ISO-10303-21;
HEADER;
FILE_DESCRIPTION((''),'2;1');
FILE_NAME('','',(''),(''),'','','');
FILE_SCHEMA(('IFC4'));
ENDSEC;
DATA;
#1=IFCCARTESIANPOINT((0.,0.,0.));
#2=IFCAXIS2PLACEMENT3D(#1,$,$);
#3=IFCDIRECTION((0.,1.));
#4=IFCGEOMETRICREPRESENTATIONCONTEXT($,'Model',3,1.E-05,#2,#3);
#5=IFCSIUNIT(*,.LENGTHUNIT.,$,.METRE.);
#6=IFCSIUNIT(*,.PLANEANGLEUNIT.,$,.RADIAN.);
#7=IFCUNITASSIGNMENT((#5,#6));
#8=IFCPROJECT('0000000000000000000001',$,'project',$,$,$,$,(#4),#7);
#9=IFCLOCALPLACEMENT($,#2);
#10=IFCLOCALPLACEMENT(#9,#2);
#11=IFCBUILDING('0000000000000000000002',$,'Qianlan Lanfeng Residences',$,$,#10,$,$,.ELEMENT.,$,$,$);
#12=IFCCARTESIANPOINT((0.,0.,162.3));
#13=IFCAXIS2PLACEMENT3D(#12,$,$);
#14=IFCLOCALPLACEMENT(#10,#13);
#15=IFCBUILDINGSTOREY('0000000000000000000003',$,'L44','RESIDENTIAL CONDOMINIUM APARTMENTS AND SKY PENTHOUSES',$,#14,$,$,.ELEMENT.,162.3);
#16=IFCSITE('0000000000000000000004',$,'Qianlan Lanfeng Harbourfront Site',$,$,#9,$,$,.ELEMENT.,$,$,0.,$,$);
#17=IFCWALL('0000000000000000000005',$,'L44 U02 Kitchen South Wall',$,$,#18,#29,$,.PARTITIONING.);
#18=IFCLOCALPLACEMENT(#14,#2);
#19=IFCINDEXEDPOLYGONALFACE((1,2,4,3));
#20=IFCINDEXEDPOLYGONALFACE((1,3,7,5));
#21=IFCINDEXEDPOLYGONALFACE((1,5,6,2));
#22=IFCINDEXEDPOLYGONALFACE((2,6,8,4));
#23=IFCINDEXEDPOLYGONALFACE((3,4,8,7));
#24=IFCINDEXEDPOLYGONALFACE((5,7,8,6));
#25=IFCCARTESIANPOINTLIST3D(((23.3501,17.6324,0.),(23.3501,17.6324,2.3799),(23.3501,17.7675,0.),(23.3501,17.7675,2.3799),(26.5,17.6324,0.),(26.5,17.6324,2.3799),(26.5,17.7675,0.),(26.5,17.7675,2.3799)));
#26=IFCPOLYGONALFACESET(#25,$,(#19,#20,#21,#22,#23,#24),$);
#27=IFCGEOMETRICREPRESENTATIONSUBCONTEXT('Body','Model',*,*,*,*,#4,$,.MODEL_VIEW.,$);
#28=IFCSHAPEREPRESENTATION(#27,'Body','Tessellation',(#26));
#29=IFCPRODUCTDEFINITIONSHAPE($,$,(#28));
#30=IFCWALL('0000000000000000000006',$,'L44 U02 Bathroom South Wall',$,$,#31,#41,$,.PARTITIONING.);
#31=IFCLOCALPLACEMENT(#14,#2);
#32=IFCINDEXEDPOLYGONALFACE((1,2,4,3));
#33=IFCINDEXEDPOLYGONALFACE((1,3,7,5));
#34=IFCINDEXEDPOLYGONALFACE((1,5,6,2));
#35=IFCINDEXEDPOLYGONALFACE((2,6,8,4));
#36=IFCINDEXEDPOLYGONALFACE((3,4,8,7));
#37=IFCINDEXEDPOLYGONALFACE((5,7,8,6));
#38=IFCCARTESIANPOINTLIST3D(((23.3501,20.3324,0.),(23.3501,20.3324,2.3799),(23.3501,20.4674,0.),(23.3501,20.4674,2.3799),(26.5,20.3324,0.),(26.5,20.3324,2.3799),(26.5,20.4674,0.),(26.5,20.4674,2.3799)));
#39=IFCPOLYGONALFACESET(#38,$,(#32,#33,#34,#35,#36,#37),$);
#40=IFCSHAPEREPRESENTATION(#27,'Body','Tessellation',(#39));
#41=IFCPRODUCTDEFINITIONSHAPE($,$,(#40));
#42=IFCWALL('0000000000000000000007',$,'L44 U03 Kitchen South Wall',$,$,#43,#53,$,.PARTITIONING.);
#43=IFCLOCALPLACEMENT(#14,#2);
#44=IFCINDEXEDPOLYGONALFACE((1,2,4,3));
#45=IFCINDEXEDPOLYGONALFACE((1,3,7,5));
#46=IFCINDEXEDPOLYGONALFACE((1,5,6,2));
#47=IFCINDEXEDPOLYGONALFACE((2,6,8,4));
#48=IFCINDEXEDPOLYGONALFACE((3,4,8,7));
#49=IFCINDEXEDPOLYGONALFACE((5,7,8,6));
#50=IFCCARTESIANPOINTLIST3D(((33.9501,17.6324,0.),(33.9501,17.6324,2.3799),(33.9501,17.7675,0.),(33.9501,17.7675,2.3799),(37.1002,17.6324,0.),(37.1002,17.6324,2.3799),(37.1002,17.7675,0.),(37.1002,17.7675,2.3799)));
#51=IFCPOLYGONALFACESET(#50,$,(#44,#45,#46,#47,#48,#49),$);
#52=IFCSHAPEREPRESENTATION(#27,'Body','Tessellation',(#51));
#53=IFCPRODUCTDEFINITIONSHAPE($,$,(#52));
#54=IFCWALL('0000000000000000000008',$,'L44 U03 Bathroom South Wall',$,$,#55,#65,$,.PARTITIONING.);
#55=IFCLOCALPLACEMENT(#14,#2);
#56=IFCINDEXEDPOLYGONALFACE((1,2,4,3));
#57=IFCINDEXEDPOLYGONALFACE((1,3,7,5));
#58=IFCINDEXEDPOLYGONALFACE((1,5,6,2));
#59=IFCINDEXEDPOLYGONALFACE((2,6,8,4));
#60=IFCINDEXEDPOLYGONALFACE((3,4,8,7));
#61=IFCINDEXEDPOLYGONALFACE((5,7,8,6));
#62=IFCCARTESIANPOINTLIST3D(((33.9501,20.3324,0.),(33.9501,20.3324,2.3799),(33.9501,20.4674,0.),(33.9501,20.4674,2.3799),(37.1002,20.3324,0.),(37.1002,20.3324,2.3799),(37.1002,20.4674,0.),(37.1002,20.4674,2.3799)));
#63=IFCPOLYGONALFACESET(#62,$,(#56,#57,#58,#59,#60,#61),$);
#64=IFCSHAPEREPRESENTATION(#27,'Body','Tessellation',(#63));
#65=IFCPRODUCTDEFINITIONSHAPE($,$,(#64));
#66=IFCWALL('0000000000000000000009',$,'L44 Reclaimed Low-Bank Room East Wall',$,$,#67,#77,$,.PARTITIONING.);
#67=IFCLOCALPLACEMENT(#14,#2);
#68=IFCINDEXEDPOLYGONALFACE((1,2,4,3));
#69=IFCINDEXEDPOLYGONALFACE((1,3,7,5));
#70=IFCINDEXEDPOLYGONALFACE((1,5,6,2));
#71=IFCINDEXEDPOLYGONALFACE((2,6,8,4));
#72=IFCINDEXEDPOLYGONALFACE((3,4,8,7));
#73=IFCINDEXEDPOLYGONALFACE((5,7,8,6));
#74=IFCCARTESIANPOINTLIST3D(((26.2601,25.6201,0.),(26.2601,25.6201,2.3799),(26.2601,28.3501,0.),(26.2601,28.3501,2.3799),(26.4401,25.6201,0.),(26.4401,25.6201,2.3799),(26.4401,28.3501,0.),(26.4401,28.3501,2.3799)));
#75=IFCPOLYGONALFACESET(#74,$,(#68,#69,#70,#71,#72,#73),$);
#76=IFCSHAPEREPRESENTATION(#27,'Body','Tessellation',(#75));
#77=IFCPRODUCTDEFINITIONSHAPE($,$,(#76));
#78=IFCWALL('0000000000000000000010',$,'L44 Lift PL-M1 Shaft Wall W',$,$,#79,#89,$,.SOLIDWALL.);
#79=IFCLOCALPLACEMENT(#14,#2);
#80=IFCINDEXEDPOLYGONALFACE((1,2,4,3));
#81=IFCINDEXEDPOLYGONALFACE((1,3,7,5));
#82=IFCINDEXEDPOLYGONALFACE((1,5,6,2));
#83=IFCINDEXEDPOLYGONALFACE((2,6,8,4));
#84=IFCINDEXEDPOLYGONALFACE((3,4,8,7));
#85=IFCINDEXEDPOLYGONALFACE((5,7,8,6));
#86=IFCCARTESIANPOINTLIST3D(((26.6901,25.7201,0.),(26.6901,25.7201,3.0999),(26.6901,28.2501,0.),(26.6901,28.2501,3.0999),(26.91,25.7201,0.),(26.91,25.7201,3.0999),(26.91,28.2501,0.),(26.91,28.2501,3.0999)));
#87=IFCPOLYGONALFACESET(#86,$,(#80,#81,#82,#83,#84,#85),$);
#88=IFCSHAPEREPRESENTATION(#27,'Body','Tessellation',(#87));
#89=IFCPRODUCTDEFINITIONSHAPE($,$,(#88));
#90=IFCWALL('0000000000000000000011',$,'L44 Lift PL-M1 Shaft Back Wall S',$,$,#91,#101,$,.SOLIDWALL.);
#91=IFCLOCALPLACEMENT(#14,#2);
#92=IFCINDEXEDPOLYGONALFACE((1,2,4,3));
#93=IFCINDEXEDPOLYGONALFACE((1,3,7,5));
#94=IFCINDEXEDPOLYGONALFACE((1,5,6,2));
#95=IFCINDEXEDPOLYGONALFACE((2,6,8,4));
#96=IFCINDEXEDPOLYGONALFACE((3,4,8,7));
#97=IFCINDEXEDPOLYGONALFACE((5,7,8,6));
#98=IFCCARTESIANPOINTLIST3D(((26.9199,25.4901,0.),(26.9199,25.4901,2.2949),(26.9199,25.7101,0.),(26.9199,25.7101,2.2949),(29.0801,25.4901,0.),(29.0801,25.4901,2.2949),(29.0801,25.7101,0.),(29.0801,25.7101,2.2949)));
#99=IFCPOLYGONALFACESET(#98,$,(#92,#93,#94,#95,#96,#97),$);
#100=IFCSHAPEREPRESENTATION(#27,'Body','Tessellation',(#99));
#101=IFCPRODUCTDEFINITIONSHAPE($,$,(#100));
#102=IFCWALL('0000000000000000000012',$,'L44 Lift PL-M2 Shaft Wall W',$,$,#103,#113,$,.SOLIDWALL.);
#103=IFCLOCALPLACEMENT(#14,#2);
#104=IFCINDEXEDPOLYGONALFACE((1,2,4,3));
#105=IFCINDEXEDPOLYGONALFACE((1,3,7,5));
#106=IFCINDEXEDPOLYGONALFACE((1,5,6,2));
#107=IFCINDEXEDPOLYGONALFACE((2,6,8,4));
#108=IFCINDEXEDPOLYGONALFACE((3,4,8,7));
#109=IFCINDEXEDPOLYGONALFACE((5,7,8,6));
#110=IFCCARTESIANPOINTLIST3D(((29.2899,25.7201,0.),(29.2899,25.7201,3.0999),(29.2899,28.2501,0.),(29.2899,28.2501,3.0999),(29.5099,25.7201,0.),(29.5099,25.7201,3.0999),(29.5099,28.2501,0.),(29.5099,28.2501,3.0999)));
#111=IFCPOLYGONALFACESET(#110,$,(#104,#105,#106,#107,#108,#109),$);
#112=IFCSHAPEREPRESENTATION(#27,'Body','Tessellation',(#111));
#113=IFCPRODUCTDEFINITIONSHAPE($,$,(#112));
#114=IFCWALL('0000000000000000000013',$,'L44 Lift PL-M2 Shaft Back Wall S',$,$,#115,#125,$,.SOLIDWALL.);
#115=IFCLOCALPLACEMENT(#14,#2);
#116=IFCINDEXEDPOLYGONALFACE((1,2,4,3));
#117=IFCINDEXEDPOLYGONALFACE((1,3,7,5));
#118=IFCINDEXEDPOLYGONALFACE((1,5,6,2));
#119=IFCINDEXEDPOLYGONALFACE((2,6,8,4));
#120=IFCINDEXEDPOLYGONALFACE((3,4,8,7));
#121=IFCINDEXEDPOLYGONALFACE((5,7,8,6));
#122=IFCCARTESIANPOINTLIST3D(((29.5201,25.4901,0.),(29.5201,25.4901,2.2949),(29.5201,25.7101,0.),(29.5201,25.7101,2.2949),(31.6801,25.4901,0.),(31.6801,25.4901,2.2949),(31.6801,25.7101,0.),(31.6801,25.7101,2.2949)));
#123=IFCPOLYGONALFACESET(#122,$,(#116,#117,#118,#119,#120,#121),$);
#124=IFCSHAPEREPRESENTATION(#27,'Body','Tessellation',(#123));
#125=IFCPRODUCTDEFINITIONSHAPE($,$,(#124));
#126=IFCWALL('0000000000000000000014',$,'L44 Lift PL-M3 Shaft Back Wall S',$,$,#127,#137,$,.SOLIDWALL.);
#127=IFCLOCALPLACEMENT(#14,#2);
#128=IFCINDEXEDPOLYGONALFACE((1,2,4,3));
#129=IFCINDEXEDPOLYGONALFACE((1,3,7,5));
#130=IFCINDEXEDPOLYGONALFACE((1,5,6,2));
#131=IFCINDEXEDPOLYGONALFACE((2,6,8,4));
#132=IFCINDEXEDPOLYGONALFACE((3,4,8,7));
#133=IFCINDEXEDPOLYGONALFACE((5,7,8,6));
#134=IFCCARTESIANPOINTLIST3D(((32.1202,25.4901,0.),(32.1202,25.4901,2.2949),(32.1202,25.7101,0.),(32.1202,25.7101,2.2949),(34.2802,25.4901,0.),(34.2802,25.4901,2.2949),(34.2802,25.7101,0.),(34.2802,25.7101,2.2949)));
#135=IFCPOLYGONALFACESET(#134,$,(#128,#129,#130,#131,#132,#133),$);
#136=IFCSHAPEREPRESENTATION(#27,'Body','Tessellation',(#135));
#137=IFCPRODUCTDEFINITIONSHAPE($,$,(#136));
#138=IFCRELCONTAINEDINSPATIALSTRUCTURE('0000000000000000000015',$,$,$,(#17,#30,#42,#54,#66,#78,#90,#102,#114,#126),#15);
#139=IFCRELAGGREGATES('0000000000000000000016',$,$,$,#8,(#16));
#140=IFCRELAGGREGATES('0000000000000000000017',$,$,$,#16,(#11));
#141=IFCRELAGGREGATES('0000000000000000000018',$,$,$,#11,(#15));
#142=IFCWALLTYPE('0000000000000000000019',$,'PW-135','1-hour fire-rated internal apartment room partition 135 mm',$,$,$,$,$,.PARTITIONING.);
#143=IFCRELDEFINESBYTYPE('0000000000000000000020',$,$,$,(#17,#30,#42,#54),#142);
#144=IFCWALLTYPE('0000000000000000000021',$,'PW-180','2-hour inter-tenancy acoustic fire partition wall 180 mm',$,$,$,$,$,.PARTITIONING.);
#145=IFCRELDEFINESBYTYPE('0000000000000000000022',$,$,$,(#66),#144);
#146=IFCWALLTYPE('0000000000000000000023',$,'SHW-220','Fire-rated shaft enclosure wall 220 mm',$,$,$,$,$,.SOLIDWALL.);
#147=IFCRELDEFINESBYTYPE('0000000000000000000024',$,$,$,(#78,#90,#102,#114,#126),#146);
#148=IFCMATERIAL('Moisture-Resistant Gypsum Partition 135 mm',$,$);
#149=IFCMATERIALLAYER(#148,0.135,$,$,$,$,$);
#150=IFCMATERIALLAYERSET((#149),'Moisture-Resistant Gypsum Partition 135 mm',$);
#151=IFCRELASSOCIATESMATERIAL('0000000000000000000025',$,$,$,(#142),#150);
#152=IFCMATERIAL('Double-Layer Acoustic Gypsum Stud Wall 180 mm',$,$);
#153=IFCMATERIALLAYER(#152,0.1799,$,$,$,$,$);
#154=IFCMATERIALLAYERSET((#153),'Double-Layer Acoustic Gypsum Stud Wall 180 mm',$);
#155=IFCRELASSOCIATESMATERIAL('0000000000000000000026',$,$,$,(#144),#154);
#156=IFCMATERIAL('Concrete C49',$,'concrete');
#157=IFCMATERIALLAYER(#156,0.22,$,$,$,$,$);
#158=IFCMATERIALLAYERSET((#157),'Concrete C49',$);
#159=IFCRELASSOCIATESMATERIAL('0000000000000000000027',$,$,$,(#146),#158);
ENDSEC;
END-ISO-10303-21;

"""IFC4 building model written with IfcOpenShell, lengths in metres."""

from ifc_helpers import new_model, si_unit, direction, frame, frame_2d, origin, place, context, subcontext, project, spatial, rectangle, extrude, material, layer, layer_set, type_object, element, save


model = new_model("IFC4")

# Units and contexts
model_context = context("Model", 3, precision=1e-05, world=origin(), true_north=direction((0.0, 1.0)))
body_context = subcontext(model_context, "Body", "Model", "MODEL_VIEW")
ifc_project = project(units=[si_unit("LENGTHUNIT", "METRE"), si_unit("PLANEANGLEUNIT", "RADIAN")], contexts=[model_context])

# Site, building, storey
site_placement = place(None, origin())
site = spatial("IfcSite", under=ifc_project, at=site_placement, Name="Qianlan Lanfeng Harbourfront Site", CompositionType="ELEMENT", RefElevation=0.0)
building_placement = place(site_placement, origin())
building = spatial("IfcBuilding", under=site, at=building_placement, Name="Qianlan Lanfeng Residences", CompositionType="ELEMENT")
storey_placement = place(building_placement, frame((0.0, 0.0, 162.3)))
storey = spatial("IfcBuildingStorey", under=building, at=storey_placement, Name="L44", Description="RESIDENTIAL CONDOMINIUM APARTMENTS AND SKY PENTHOUSES", CompositionType="ELEMENT", Elevation=162.3)

# Shared definitions
ifc_material_1 = material(Name="Concrete C49", Category="concrete")

# Walls
ifc_material_2 = material(Name="Moisture-Resistant Gypsum Partition 135 mm")
ifc_layer_1 = layer(ifc_material_2, 0.135)
ifc_layer_set_1 = layer_set([ifc_layer_1], Name="Moisture-Resistant Gypsum Partition 135 mm")
wall_type_1 = type_object("IfcWallType", Name="PW-135", Description="1-hour fire-rated internal apartment room partition 135 mm", PredefinedType="PARTITIONING", material=ifc_layer_set_1)
for number, where, z_axis, x_axis, name in (
    (1, (23.3501, 17.7, 0.0), (0.0, 0.0, 1.0), (1.0, 0.0, 0.0), "L44 U02 Kitchen South Wall"),
    (2, (23.3501, 20.3999, 0.0), (0.0, 0.0, 1.0), (1.0, 0.0, 0.0), "L44 U02 Bathroom South Wall"),
):
    element("IfcWall", number, at=place(storey_placement, frame(where, z_axis=z_axis, x_axis=x_axis)), inside=storey, type_object=wall_type_1, Name=name, PredefinedType="PARTITIONING", context=body_context, shape_type="SweptSolid", body=[
        extrude(rectangle(XDim=3.1499, YDim=0.135, at=frame_2d((1.575, 0.0))), origin(), (0.0, 0.0, 1.0), 2.3799),
    ])
for number, where, z_axis, x_axis, name in (
    (3, (33.95, 17.7, 0.0), (0.0, 0.0, 1.0), (1.0, 0.0, 0.0), "L44 U03 Kitchen South Wall"),
    (4, (33.95, 20.3999, 0.0), (0.0, 0.0, 1.0), (1.0, 0.0, 0.0), "L44 U03 Bathroom South Wall"),
):
    element("IfcWall", number, at=place(storey_placement, frame(where, z_axis=z_axis, x_axis=x_axis)), inside=storey, type_object=wall_type_1, Name=name, PredefinedType="PARTITIONING", context=body_context, shape_type="SweptSolid", body=[
        extrude(rectangle(XDim=3.1501, YDim=0.135, at=frame_2d((1.5752, 0.0))), origin(), (0.0, 0.0, 1.0), 2.3799),
    ])

# Shared definitions
ifc_material_3 = material(Name="Double-Layer Acoustic Gypsum Stud Wall 180 mm")
ifc_layer_2 = layer(ifc_material_3, 0.1799)
ifc_layer_set_2 = layer_set([ifc_layer_2], Name="Double-Layer Acoustic Gypsum Stud Wall 180 mm")
wall_type_2 = type_object("IfcWallType", Name="PW-180", Description="2-hour inter-tenancy acoustic fire partition wall 180 mm", PredefinedType="PARTITIONING", material=ifc_layer_set_2)

# Walls
wall_1_placement = place(storey_placement, frame((26.3501, 25.6201, 0.0), z_axis=(0.0, 0.0, 1.0), x_axis=(0.0, 1.0, 0.0)))
element("IfcWall", 5, at=wall_1_placement, inside=storey, type_object=wall_type_2, Name="L44 Reclaimed Low-Bank Room East Wall", PredefinedType="PARTITIONING", context=body_context, shape_type="SweptSolid", body=[
    extrude(rectangle(XDim=2.73, YDim=0.1799, at=frame_2d((1.365, 0.0))), origin(), (0.0, 0.0, 1.0), 2.3799),
])
ifc_layer_3 = layer(ifc_material_1, 0.22)
ifc_layer_set_3 = layer_set([ifc_layer_3], Name="Concrete C49")
wall_type_3 = type_object("IfcWallType", Name="SHW-220", Description="Fire-rated shaft enclosure wall 220 mm", PredefinedType="SOLIDWALL", material=ifc_layer_set_3)
wall_2_placement = place(storey_placement, frame((26.8, 25.72, 0.0), z_axis=(0.0, 0.0, 1.0), x_axis=(0.0, 1.0, 0.0)))
element("IfcWall", 6, at=wall_2_placement, inside=storey, type_object=wall_type_3, Name="L44 Lift PL-M1 Shaft Wall W", PredefinedType="SOLIDWALL", context=body_context, shape_type="SweptSolid", body=[
    extrude(rectangle(XDim=2.53, YDim=0.22, at=frame_2d((1.2651, 0.0))), origin(), (0.0, 0.0, 1.0), 3.0999),
])
wall_3_placement = place(storey_placement, frame((26.9199, 25.6001, 0.0), z_axis=(0.0, 0.0, 1.0), x_axis=(1.0, 0.0, 0.0)))
element("IfcWall", 7, at=wall_3_placement, inside=storey, type_object=wall_type_3, Name="L44 Lift PL-M1 Shaft Back Wall S", PredefinedType="SOLIDWALL", context=body_context, shape_type="SweptSolid", body=[
    extrude(rectangle(XDim=2.1602, YDim=0.22, at=frame_2d((1.0801, 0.0))), origin(), (0.0, 0.0, 1.0), 2.2949),
])
wall_4_placement = place(storey_placement, frame((29.3999, 25.72, 0.0), z_axis=(0.0, 0.0, 1.0), x_axis=(0.0, 1.0, 0.0)))
element("IfcWall", 8, at=wall_4_placement, inside=storey, type_object=wall_type_3, Name="L44 Lift PL-M2 Shaft Wall W", PredefinedType="SOLIDWALL", context=body_context, shape_type="SweptSolid", body=[
    extrude(rectangle(XDim=2.53, YDim=0.22, at=frame_2d((1.2651, 0.0))), origin(), (0.0, 0.0, 1.0), 3.0999),
])
for number, where, z_axis, x_axis, name in (
    (9, (29.52, 25.6001, 0.0), (0.0, 0.0, 1.0), (1.0, 0.0, 0.0), "L44 Lift PL-M2 Shaft Back Wall S"),
    (10, (32.1201, 25.6001, 0.0), (0.0, 0.0, 1.0), (1.0, 0.0, 0.0), "L44 Lift PL-M3 Shaft Back Wall S"),
):
    element("IfcWall", number, at=place(storey_placement, frame(where, z_axis=z_axis, x_axis=x_axis)), inside=storey, type_object=wall_type_3, Name=name, PredefinedType="SOLIDWALL", context=body_context, shape_type="SweptSolid", body=[
        extrude(rectangle(XDim=2.1599, YDim=0.22, at=frame_2d((1.0801, 0.0))), origin(), (0.0, 0.0, 1.0), 2.2949),
    ])

save(model, "model.ifc")
